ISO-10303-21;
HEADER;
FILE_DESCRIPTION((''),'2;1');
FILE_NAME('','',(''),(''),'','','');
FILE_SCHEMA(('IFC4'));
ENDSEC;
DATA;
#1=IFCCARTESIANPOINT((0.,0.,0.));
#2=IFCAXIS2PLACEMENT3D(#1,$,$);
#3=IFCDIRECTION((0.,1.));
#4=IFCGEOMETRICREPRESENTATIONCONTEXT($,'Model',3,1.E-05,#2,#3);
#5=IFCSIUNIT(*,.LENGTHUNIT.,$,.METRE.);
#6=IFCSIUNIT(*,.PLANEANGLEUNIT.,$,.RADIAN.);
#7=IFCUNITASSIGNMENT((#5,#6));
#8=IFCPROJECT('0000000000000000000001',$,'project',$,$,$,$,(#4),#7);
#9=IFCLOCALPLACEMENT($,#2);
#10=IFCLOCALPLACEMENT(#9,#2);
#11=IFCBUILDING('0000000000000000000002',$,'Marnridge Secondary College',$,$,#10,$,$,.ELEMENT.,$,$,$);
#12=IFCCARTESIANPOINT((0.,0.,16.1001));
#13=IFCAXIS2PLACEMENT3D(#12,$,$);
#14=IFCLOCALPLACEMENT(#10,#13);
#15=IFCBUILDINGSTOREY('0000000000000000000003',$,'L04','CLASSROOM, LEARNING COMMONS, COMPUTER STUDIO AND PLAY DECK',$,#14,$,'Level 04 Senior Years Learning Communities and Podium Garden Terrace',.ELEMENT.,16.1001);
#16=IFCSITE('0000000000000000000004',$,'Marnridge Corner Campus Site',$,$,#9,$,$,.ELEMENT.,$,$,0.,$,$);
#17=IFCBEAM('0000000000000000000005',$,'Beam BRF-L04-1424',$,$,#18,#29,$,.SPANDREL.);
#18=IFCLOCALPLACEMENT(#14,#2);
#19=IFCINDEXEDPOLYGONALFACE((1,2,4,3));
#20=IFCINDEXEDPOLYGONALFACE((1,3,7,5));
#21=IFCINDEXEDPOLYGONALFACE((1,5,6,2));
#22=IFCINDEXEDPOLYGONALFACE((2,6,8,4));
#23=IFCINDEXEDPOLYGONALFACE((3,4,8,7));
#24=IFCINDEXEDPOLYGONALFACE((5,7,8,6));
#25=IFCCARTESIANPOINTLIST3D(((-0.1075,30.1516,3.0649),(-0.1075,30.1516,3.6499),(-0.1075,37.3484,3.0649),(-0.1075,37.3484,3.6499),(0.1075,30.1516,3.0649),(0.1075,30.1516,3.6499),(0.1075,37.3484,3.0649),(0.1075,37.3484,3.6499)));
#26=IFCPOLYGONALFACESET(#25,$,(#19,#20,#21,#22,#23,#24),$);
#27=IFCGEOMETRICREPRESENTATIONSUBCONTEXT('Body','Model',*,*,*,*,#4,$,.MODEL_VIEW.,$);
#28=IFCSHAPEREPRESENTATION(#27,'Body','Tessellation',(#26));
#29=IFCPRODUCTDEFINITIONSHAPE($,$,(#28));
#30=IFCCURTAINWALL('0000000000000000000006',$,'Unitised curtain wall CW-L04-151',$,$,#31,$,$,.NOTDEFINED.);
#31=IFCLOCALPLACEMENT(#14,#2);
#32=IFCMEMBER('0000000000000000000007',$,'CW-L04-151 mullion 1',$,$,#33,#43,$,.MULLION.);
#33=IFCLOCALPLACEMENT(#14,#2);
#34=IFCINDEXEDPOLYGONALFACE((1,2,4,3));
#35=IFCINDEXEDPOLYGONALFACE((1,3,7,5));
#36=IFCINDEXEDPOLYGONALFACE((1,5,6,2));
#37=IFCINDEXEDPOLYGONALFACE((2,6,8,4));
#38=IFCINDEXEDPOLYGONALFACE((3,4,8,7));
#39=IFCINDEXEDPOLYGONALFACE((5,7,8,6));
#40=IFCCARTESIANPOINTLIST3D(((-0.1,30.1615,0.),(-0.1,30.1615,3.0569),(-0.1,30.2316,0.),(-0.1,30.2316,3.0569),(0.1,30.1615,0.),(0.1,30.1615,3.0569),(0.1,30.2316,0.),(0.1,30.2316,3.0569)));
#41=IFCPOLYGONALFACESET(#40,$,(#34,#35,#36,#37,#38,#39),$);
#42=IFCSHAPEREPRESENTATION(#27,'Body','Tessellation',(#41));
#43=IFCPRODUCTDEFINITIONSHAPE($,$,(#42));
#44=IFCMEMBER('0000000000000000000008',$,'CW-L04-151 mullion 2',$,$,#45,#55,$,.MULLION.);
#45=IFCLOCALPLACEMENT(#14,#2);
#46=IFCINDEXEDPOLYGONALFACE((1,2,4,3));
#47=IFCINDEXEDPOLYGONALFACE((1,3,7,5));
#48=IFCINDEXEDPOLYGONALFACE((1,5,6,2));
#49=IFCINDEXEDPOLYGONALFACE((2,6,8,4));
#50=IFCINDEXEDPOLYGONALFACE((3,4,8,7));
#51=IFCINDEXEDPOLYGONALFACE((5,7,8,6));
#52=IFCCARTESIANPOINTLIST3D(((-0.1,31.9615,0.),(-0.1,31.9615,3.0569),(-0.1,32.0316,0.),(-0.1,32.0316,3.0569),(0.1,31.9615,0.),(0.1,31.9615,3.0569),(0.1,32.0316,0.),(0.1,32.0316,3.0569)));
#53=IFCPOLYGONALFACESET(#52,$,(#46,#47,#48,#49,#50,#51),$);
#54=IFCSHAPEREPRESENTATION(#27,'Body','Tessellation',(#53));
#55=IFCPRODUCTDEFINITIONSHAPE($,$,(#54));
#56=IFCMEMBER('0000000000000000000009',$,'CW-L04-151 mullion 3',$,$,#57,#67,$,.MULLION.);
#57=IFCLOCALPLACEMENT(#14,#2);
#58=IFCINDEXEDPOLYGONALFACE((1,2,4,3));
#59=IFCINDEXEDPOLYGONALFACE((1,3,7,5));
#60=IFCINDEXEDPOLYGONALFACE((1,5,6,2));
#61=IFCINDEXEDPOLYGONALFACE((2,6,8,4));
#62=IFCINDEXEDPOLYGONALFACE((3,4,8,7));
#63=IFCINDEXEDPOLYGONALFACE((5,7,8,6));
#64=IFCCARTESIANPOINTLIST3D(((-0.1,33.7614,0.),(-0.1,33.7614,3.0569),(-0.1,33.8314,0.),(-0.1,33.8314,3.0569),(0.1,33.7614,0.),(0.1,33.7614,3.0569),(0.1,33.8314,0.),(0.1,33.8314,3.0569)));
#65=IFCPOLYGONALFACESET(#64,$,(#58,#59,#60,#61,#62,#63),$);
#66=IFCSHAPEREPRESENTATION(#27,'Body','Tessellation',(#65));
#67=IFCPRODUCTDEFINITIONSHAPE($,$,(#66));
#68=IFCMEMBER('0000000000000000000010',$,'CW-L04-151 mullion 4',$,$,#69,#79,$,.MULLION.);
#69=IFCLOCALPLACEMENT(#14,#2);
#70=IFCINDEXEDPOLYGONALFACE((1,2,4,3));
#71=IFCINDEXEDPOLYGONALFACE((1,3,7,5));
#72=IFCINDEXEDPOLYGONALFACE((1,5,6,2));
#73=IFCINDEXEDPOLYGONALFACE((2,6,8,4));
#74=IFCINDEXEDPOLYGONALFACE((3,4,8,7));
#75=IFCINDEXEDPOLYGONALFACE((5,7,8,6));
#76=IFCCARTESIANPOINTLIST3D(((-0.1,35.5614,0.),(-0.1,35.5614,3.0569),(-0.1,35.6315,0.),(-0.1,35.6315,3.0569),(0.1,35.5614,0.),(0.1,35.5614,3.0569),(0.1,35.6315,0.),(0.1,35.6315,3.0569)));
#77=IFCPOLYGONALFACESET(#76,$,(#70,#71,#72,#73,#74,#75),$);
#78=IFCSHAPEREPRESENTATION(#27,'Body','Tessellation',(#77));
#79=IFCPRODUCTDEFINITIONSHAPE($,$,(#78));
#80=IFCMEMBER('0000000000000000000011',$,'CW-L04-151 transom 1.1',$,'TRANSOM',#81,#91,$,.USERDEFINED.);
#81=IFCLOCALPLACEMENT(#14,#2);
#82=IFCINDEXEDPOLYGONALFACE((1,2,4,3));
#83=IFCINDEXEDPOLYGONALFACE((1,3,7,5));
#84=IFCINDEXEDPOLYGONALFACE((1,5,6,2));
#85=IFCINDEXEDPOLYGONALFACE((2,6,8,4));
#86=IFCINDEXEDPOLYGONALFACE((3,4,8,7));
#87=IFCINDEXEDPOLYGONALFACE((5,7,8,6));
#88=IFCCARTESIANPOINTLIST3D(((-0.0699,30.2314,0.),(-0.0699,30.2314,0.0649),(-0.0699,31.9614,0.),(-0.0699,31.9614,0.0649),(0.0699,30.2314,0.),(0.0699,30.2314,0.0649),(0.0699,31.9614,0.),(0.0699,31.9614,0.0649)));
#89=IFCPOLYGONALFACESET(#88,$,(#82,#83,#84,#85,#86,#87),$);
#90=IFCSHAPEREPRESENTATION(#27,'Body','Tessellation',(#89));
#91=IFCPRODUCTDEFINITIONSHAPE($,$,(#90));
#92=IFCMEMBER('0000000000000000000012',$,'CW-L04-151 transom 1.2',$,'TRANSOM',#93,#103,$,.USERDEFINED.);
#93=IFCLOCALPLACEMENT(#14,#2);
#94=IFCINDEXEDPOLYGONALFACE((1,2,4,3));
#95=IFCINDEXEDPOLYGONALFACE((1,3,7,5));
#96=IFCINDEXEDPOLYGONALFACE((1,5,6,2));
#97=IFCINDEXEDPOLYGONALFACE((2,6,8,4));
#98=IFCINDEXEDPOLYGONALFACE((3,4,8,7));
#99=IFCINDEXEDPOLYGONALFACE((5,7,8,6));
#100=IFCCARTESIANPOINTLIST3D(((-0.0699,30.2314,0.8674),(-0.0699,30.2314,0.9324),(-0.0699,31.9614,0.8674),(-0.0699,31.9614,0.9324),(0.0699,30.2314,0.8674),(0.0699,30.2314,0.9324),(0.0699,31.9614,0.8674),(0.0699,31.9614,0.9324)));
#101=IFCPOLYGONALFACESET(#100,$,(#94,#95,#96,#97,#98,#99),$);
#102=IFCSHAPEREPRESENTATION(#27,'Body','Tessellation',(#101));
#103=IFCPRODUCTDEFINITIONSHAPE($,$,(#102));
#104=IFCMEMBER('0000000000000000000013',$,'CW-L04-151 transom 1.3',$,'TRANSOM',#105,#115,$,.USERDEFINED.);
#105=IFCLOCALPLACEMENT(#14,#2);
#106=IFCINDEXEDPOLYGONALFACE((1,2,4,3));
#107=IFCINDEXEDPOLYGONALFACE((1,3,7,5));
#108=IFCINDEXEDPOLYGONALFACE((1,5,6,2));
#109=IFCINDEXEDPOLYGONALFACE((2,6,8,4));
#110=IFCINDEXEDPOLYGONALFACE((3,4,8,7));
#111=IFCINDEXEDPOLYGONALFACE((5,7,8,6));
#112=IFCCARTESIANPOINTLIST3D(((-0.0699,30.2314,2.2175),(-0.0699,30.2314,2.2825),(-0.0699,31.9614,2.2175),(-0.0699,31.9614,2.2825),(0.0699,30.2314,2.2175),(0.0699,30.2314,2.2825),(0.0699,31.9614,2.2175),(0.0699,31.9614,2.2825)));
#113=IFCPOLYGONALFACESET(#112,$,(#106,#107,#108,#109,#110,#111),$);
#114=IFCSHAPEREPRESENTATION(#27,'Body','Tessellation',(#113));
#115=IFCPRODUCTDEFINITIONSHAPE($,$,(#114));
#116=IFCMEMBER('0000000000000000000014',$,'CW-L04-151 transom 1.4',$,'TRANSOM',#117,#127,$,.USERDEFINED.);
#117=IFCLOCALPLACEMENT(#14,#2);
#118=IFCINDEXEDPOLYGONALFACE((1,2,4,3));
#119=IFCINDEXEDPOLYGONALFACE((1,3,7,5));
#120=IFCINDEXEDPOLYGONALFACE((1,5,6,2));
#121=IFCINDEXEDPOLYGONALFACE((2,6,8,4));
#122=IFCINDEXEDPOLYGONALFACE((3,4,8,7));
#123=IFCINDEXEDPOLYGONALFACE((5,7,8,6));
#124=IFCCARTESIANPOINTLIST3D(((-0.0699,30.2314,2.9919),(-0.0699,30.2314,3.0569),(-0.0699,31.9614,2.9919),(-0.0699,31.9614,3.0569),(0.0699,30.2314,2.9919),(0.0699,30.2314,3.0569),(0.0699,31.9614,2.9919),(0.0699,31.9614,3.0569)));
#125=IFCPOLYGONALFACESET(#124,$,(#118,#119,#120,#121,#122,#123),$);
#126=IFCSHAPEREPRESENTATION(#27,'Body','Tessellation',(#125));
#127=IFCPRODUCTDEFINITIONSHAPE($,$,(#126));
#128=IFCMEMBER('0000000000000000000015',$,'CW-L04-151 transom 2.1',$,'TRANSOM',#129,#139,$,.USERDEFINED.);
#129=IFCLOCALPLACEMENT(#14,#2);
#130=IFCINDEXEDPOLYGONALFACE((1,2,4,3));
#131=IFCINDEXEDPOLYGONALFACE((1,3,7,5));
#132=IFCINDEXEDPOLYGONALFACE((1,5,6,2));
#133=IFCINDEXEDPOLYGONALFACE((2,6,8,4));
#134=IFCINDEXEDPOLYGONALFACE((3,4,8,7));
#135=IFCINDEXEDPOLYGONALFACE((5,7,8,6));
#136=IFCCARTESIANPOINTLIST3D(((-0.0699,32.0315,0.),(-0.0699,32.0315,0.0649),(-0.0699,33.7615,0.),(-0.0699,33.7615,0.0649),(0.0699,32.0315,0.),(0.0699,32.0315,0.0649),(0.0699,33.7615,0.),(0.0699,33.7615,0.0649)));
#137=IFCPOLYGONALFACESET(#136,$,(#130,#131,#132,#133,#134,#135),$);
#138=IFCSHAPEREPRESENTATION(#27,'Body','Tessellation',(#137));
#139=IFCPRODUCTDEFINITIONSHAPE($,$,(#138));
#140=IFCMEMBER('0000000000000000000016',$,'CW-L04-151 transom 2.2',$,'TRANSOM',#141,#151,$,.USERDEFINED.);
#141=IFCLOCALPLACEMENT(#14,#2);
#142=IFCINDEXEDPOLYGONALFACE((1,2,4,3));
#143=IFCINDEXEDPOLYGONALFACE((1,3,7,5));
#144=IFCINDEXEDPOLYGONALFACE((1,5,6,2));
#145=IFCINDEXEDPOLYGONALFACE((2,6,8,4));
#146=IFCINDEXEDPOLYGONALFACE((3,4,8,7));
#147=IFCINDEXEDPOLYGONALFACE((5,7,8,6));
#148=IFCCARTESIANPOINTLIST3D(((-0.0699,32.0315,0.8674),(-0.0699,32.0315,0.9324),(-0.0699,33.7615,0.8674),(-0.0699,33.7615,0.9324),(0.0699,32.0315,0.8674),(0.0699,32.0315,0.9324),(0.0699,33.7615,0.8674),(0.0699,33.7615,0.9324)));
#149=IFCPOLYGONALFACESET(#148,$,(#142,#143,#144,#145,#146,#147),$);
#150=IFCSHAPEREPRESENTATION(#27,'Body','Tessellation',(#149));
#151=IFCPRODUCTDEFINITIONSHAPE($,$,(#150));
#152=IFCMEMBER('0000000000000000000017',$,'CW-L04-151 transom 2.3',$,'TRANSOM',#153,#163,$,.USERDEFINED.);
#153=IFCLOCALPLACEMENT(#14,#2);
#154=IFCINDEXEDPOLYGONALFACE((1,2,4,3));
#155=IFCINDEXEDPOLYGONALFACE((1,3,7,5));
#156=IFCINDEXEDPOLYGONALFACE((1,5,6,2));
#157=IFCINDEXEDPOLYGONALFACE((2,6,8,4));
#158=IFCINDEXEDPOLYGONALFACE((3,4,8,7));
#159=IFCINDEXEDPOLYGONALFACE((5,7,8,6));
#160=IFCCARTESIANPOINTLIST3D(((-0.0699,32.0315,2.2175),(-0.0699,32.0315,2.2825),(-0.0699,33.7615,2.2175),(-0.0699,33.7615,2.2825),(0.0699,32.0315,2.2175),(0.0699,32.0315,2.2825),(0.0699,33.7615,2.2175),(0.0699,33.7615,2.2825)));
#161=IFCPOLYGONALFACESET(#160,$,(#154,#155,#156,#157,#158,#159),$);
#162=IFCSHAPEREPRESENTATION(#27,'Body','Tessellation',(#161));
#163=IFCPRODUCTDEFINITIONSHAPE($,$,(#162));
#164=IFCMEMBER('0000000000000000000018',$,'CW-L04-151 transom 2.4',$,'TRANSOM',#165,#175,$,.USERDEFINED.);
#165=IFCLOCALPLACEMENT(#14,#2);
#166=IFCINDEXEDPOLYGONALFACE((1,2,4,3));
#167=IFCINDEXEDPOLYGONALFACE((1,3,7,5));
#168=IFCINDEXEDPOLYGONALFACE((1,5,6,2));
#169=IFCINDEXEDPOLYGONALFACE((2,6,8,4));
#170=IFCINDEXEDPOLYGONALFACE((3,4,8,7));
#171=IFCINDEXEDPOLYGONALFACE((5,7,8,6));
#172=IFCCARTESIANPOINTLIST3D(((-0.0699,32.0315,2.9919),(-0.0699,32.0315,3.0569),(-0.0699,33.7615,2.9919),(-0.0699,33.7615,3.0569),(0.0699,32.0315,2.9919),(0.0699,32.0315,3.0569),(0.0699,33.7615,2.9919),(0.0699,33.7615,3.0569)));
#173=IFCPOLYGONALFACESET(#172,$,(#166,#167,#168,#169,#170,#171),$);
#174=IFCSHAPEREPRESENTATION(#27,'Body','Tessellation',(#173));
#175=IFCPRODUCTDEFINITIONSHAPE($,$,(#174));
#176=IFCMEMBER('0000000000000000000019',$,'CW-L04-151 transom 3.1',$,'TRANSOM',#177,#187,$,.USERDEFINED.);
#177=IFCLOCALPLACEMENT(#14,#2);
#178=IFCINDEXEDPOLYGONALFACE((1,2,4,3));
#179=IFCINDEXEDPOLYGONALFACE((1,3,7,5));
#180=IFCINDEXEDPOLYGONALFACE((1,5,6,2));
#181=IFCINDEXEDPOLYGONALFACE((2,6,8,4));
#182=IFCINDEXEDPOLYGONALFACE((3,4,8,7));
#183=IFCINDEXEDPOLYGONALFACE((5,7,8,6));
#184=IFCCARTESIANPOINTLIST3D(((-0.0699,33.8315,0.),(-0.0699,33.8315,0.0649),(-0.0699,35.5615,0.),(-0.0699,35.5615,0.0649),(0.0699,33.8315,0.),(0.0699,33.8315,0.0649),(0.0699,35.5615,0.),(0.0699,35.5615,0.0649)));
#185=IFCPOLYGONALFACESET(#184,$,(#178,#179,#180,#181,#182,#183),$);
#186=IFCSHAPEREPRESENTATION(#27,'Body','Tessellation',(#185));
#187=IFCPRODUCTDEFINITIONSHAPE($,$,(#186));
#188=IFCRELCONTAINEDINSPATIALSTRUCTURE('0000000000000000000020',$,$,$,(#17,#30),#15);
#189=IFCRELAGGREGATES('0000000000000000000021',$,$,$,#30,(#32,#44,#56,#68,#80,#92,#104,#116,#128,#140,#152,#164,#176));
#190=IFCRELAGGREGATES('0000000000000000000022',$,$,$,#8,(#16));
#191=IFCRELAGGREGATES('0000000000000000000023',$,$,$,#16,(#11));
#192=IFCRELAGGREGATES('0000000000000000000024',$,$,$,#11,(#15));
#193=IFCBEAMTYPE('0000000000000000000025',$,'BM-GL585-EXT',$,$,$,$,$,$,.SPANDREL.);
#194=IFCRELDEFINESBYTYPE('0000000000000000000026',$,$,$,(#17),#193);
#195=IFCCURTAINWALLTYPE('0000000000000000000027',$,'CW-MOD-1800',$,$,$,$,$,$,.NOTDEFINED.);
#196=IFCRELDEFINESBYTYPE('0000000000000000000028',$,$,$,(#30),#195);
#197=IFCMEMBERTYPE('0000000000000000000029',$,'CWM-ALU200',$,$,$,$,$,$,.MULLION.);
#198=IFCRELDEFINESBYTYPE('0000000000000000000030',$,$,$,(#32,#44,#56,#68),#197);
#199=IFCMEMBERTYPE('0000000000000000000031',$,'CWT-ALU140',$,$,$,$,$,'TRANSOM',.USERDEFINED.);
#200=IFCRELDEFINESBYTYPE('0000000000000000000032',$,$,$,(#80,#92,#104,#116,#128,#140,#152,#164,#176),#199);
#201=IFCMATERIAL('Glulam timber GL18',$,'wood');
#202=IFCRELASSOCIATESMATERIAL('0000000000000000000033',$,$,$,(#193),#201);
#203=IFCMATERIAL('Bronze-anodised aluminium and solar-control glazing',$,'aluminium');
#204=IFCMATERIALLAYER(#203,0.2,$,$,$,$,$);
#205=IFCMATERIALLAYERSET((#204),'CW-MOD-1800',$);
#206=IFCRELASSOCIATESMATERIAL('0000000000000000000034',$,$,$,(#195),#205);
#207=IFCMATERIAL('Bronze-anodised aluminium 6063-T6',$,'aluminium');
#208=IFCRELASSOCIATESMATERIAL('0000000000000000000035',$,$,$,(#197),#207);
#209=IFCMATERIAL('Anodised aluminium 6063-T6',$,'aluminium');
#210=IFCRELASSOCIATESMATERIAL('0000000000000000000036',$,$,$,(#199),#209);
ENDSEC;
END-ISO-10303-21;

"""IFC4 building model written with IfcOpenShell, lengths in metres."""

from ifc_helpers import new_model, si_unit, direction, frame, origin, origin_2d, place, context, subcontext, project, spatial, rectangle, extrude, material, layer, layer_set, material_profile, profile_set, type_object, element, aggregate, save


model = new_model("IFC4")

# Units and contexts
model_context = context("Model", 3, precision=1e-05, world=origin(), true_north=direction((0.0, 1.0)))
body_context = subcontext(model_context, "Body", "Model", "MODEL_VIEW")
ifc_project = project(units=[si_unit("LENGTHUNIT", "METRE"), si_unit("PLANEANGLEUNIT", "RADIAN")], contexts=[model_context])

# Site, building, storey
site_placement = place(None, origin())
site = spatial("IfcSite", under=ifc_project, at=site_placement, Name="Marnridge Corner Campus Site", CompositionType="ELEMENT", RefElevation=0.0)
building_placement = place(site_placement, origin())
building = spatial("IfcBuilding", under=site, at=building_placement, Name="Marnridge Secondary College", CompositionType="ELEMENT")
storey_placement = place(building_placement, frame((0.0, 0.0, 16.1001)))
storey = spatial("IfcBuildingStorey", under=building, at=storey_placement, Name="L04", Description="CLASSROOM, LEARNING COMMONS, COMPUTER STUDIO AND PLAY DECK", LongName="Level 04 Senior Years Learning Communities and Podium Garden Terrace", CompositionType="ELEMENT", Elevation=16.1001)

# Beam
ifc_material_1 = material(Name="Glulam timber GL18", Category="wood")
ifc_material_profile_1 = material_profile(ifc_material_1, rectangle(XDim=0.2151, YDim=0.585, at=origin_2d()), Name="GL18 215x585")
ifc_profile_set_1 = profile_set([ifc_material_profile_1], Name="Glulam timber GL18")
beam_type = type_object("IfcBeamType", Name="BM-GL585-EXT", PredefinedType="SPANDREL", material=ifc_profile_set_1)
beam_placement = place(storey_placement, frame((0.0, 30.1516, 3.3574), z_axis=(0.0, 1.0, 0.0), x_axis=(-1.0, 0.0, 0.0)))
element("IfcBeam", 1, at=beam_placement, inside=storey, type_object=beam_type, Name="Beam BRF-L04-1424", PredefinedType="SPANDREL", context=body_context, shape_type="SweptSolid", body=[
    extrude(rectangle(XDim=0.2151, YDim=0.585, at=origin_2d()), origin(), (0.0, 0.0, 1.0), 7.1968),
])

# Curtain wall, members
ifc_material_2 = material(Name="Bronze-anodised aluminium and solar-control glazing", Category="aluminium")
ifc_layer_1 = layer(ifc_material_2, 0.2)
ifc_layer_set_1 = layer_set([ifc_layer_1], Name="CW-MOD-1800")
curtain_wall_type = type_object("IfcCurtainWallType", Name="CW-MOD-1800", PredefinedType="NOTDEFINED", material=ifc_layer_set_1)
curtain_wall_placement = place(storey_placement, origin())
curtain_wall = element("IfcCurtainWall", 2, at=curtain_wall_placement, inside=storey, type_object=curtain_wall_type, Name="Unitised curtain wall CW-L04-151", PredefinedType="NOTDEFINED")
ifc_material_3 = material(Name="Bronze-anodised aluminium 6063-T6", Category="aluminium")
ifc_material_profile_2 = material_profile(ifc_material_3, rectangle(XDim=0.0701, YDim=0.2, at=origin_2d()), Name="ALU 70x200")
ifc_profile_set_2 = profile_set([ifc_material_profile_2], Name="Bronze-anodised aluminium 6063-T6")
member_type_1 = type_object("IfcMemberType", Name="CWM-ALU200", PredefinedType="MULLION", material=ifc_profile_set_2)
member_1_placement = place(storey_placement, frame((0.0, 30.1965, 0.0), z_axis=(0.0, 0.0, 1.0), x_axis=(0.0, 1.0, 0.0)))
member_1 = element("IfcMember", 3, at=member_1_placement, type_object=member_type_1, Name="CW-L04-151 mullion 1", PredefinedType="MULLION", context=body_context, shape_type="SweptSolid", body=[
    extrude(rectangle(XDim=0.0701, YDim=0.2, at=origin_2d()), origin(), (0.0, 0.0, 1.0), 3.0569),
])
member_2_placement = place(storey_placement, frame((0.0, 31.9966, 0.0), z_axis=(0.0, 0.0, 1.0), x_axis=(0.0, 1.0, 0.0)))
member_2 = element("IfcMember", 4, at=member_2_placement, type_object=member_type_1, Name="CW-L04-151 mullion 2", PredefinedType="MULLION", context=body_context, shape_type="SweptSolid", body=[
    extrude(rectangle(XDim=0.0701, YDim=0.2, at=origin_2d()), origin(), (0.0, 0.0, 1.0), 3.0569),
])
member_3_placement = place(storey_placement, frame((0.0, 33.7964, 0.0), z_axis=(0.0, 0.0, 1.0), x_axis=(0.0, 1.0, 0.0)))
member_3 = element("IfcMember", 5, at=member_3_placement, type_object=member_type_1, Name="CW-L04-151 mullion 3", PredefinedType="MULLION", context=body_context, shape_type="SweptSolid", body=[
    extrude(rectangle(XDim=0.0701, YDim=0.2, at=origin_2d()), origin(), (0.0, 0.0, 1.0), 3.0569),
])
member_4_placement = place(storey_placement, frame((0.0, 35.5964, 0.0), z_axis=(0.0, 0.0, 1.0), x_axis=(0.0, 1.0, 0.0)))
member_4 = element("IfcMember", 6, at=member_4_placement, type_object=member_type_1, Name="CW-L04-151 mullion 4", PredefinedType="MULLION", context=body_context, shape_type="SweptSolid", body=[
    extrude(rectangle(XDim=0.0701, YDim=0.2, at=origin_2d()), origin(), (0.0, 0.0, 1.0), 3.0569),
])
ifc_material_4 = material(Name="Anodised aluminium 6063-T6", Category="aluminium")
ifc_material_profile_3 = material_profile(ifc_material_4, rectangle(XDim=0.0649, YDim=0.1399, at=origin_2d()), Name="ALU 65x140")
ifc_profile_set_3 = profile_set([ifc_material_profile_3], Name="Anodised aluminium 6063-T6")
member_type_2 = type_object("IfcMemberType", Name="CWT-ALU140", ElementType="TRANSOM", PredefinedType="USERDEFINED", material=ifc_profile_set_3)
member_5_placement = place(storey_placement, frame((0.0, 30.2314, 0.0325), z_axis=(0.0, 1.0, 0.0), x_axis=(0.0, 0.0, 1.0)))
member_5 = element("IfcMember", 7, at=member_5_placement, type_object=member_type_2, Name="CW-L04-151 transom 1.1", ObjectType="TRANSOM", PredefinedType="USERDEFINED", context=body_context, shape_type="SweptSolid", body=[
    extrude(rectangle(XDim=0.0649, YDim=0.1399, at=origin_2d()), origin(), (0.0, 0.0, 1.0), 1.73),
])
member_6_placement = place(storey_placement, frame((0.0, 30.2314, 0.8999), z_axis=(0.0, 1.0, 0.0), x_axis=(0.0, 0.0, 1.0)))
member_6 = element("IfcMember", 8, at=member_6_placement, type_object=member_type_2, Name="CW-L04-151 transom 1.2", ObjectType="TRANSOM", PredefinedType="USERDEFINED", context=body_context, shape_type="SweptSolid", body=[
    extrude(rectangle(XDim=0.0649, YDim=0.1399, at=origin_2d()), origin(), (0.0, 0.0, 1.0), 1.73),
])
member_7_placement = place(storey_placement, frame((0.0, 30.2314, 2.25), z_axis=(0.0, 1.0, 0.0), x_axis=(0.0, 0.0, 1.0)))
member_7 = element("IfcMember", 9, at=member_7_placement, type_object=member_type_2, Name="CW-L04-151 transom 1.3", ObjectType="TRANSOM", PredefinedType="USERDEFINED", context=body_context, shape_type="SweptSolid", body=[
    extrude(rectangle(XDim=0.0649, YDim=0.1399, at=origin_2d()), origin(), (0.0, 0.0, 1.0), 1.73),
])
member_8_placement = place(storey_placement, frame((0.0, 30.2314, 3.0244), z_axis=(0.0, 1.0, 0.0), x_axis=(0.0, 0.0, 1.0)))
member_8 = element("IfcMember", 10, at=member_8_placement, type_object=member_type_2, Name="CW-L04-151 transom 1.4", ObjectType="TRANSOM", PredefinedType="USERDEFINED", context=body_context, shape_type="SweptSolid", body=[
    extrude(rectangle(XDim=0.0649, YDim=0.1399, at=origin_2d()), origin(), (0.0, 0.0, 1.0), 1.73),
])
member_9_placement = place(storey_placement, frame((0.0, 32.0315, 0.0325), z_axis=(0.0, 1.0, 0.0), x_axis=(0.0, 0.0, 1.0)))
member_9 = element("IfcMember", 11, at=member_9_placement, type_object=member_type_2, Name="CW-L04-151 transom 2.1", ObjectType="TRANSOM", PredefinedType="USERDEFINED", context=body_context, shape_type="SweptSolid", body=[
    extrude(rectangle(XDim=0.0649, YDim=0.1399, at=origin_2d()), origin(), (0.0, 0.0, 1.0), 1.73),
])
member_10_placement = place(storey_placement, frame((0.0, 32.0315, 0.8999), z_axis=(0.0, 1.0, 0.0), x_axis=(0.0, 0.0, 1.0)))
member_10 = element("IfcMember", 12, at=member_10_placement, type_object=member_type_2, Name="CW-L04-151 transom 2.2", ObjectType="TRANSOM", PredefinedType="USERDEFINED", context=body_context, shape_type="SweptSolid", body=[
    extrude(rectangle(XDim=0.0649, YDim=0.1399, at=origin_2d()), origin(), (0.0, 0.0, 1.0), 1.73),
])
member_11_placement = place(storey_placement, frame((0.0, 32.0315, 2.25), z_axis=(0.0, 1.0, 0.0), x_axis=(0.0, 0.0, 1.0)))
member_11 = element("IfcMember", 13, at=member_11_placement, type_object=member_type_2, Name="CW-L04-151 transom 2.3", ObjectType="TRANSOM", PredefinedType="USERDEFINED", context=body_context, shape_type="SweptSolid", body=[
    extrude(rectangle(XDim=0.0649, YDim=0.1399, at=origin_2d()), origin(), (0.0, 0.0, 1.0), 1.73),
])
member_12_placement = place(storey_placement, frame((0.0, 32.0315, 3.0244), z_axis=(0.0, 1.0, 0.0), x_axis=(0.0, 0.0, 1.0)))
member_12 = element("IfcMember", 14, at=member_12_placement, type_object=member_type_2, Name="CW-L04-151 transom 2.4", ObjectType="TRANSOM", PredefinedType="USERDEFINED", context=body_context, shape_type="SweptSolid", body=[
    extrude(rectangle(XDim=0.0649, YDim=0.1399, at=origin_2d()), origin(), (0.0, 0.0, 1.0), 1.73),
])
member_13_placement = place(storey_placement, frame((0.0, 33.8315, 0.0325), z_axis=(0.0, 1.0, 0.0), x_axis=(0.0, 0.0, 1.0)))
member_13 = element("IfcMember", 15, at=member_13_placement, type_object=member_type_2, Name="CW-L04-151 transom 3.1", ObjectType="TRANSOM", PredefinedType="USERDEFINED", context=body_context, shape_type="SweptSolid", body=[
    extrude(rectangle(XDim=0.0649, YDim=0.1399, at=origin_2d()), origin(), (0.0, 0.0, 1.0), 1.73),
])
aggregate(curtain_wall, [member_1, member_2, member_3, member_4, member_5, member_6, member_7, member_8, member_9, member_10, member_11, member_12, member_13])

save(model, "model.ifc")
